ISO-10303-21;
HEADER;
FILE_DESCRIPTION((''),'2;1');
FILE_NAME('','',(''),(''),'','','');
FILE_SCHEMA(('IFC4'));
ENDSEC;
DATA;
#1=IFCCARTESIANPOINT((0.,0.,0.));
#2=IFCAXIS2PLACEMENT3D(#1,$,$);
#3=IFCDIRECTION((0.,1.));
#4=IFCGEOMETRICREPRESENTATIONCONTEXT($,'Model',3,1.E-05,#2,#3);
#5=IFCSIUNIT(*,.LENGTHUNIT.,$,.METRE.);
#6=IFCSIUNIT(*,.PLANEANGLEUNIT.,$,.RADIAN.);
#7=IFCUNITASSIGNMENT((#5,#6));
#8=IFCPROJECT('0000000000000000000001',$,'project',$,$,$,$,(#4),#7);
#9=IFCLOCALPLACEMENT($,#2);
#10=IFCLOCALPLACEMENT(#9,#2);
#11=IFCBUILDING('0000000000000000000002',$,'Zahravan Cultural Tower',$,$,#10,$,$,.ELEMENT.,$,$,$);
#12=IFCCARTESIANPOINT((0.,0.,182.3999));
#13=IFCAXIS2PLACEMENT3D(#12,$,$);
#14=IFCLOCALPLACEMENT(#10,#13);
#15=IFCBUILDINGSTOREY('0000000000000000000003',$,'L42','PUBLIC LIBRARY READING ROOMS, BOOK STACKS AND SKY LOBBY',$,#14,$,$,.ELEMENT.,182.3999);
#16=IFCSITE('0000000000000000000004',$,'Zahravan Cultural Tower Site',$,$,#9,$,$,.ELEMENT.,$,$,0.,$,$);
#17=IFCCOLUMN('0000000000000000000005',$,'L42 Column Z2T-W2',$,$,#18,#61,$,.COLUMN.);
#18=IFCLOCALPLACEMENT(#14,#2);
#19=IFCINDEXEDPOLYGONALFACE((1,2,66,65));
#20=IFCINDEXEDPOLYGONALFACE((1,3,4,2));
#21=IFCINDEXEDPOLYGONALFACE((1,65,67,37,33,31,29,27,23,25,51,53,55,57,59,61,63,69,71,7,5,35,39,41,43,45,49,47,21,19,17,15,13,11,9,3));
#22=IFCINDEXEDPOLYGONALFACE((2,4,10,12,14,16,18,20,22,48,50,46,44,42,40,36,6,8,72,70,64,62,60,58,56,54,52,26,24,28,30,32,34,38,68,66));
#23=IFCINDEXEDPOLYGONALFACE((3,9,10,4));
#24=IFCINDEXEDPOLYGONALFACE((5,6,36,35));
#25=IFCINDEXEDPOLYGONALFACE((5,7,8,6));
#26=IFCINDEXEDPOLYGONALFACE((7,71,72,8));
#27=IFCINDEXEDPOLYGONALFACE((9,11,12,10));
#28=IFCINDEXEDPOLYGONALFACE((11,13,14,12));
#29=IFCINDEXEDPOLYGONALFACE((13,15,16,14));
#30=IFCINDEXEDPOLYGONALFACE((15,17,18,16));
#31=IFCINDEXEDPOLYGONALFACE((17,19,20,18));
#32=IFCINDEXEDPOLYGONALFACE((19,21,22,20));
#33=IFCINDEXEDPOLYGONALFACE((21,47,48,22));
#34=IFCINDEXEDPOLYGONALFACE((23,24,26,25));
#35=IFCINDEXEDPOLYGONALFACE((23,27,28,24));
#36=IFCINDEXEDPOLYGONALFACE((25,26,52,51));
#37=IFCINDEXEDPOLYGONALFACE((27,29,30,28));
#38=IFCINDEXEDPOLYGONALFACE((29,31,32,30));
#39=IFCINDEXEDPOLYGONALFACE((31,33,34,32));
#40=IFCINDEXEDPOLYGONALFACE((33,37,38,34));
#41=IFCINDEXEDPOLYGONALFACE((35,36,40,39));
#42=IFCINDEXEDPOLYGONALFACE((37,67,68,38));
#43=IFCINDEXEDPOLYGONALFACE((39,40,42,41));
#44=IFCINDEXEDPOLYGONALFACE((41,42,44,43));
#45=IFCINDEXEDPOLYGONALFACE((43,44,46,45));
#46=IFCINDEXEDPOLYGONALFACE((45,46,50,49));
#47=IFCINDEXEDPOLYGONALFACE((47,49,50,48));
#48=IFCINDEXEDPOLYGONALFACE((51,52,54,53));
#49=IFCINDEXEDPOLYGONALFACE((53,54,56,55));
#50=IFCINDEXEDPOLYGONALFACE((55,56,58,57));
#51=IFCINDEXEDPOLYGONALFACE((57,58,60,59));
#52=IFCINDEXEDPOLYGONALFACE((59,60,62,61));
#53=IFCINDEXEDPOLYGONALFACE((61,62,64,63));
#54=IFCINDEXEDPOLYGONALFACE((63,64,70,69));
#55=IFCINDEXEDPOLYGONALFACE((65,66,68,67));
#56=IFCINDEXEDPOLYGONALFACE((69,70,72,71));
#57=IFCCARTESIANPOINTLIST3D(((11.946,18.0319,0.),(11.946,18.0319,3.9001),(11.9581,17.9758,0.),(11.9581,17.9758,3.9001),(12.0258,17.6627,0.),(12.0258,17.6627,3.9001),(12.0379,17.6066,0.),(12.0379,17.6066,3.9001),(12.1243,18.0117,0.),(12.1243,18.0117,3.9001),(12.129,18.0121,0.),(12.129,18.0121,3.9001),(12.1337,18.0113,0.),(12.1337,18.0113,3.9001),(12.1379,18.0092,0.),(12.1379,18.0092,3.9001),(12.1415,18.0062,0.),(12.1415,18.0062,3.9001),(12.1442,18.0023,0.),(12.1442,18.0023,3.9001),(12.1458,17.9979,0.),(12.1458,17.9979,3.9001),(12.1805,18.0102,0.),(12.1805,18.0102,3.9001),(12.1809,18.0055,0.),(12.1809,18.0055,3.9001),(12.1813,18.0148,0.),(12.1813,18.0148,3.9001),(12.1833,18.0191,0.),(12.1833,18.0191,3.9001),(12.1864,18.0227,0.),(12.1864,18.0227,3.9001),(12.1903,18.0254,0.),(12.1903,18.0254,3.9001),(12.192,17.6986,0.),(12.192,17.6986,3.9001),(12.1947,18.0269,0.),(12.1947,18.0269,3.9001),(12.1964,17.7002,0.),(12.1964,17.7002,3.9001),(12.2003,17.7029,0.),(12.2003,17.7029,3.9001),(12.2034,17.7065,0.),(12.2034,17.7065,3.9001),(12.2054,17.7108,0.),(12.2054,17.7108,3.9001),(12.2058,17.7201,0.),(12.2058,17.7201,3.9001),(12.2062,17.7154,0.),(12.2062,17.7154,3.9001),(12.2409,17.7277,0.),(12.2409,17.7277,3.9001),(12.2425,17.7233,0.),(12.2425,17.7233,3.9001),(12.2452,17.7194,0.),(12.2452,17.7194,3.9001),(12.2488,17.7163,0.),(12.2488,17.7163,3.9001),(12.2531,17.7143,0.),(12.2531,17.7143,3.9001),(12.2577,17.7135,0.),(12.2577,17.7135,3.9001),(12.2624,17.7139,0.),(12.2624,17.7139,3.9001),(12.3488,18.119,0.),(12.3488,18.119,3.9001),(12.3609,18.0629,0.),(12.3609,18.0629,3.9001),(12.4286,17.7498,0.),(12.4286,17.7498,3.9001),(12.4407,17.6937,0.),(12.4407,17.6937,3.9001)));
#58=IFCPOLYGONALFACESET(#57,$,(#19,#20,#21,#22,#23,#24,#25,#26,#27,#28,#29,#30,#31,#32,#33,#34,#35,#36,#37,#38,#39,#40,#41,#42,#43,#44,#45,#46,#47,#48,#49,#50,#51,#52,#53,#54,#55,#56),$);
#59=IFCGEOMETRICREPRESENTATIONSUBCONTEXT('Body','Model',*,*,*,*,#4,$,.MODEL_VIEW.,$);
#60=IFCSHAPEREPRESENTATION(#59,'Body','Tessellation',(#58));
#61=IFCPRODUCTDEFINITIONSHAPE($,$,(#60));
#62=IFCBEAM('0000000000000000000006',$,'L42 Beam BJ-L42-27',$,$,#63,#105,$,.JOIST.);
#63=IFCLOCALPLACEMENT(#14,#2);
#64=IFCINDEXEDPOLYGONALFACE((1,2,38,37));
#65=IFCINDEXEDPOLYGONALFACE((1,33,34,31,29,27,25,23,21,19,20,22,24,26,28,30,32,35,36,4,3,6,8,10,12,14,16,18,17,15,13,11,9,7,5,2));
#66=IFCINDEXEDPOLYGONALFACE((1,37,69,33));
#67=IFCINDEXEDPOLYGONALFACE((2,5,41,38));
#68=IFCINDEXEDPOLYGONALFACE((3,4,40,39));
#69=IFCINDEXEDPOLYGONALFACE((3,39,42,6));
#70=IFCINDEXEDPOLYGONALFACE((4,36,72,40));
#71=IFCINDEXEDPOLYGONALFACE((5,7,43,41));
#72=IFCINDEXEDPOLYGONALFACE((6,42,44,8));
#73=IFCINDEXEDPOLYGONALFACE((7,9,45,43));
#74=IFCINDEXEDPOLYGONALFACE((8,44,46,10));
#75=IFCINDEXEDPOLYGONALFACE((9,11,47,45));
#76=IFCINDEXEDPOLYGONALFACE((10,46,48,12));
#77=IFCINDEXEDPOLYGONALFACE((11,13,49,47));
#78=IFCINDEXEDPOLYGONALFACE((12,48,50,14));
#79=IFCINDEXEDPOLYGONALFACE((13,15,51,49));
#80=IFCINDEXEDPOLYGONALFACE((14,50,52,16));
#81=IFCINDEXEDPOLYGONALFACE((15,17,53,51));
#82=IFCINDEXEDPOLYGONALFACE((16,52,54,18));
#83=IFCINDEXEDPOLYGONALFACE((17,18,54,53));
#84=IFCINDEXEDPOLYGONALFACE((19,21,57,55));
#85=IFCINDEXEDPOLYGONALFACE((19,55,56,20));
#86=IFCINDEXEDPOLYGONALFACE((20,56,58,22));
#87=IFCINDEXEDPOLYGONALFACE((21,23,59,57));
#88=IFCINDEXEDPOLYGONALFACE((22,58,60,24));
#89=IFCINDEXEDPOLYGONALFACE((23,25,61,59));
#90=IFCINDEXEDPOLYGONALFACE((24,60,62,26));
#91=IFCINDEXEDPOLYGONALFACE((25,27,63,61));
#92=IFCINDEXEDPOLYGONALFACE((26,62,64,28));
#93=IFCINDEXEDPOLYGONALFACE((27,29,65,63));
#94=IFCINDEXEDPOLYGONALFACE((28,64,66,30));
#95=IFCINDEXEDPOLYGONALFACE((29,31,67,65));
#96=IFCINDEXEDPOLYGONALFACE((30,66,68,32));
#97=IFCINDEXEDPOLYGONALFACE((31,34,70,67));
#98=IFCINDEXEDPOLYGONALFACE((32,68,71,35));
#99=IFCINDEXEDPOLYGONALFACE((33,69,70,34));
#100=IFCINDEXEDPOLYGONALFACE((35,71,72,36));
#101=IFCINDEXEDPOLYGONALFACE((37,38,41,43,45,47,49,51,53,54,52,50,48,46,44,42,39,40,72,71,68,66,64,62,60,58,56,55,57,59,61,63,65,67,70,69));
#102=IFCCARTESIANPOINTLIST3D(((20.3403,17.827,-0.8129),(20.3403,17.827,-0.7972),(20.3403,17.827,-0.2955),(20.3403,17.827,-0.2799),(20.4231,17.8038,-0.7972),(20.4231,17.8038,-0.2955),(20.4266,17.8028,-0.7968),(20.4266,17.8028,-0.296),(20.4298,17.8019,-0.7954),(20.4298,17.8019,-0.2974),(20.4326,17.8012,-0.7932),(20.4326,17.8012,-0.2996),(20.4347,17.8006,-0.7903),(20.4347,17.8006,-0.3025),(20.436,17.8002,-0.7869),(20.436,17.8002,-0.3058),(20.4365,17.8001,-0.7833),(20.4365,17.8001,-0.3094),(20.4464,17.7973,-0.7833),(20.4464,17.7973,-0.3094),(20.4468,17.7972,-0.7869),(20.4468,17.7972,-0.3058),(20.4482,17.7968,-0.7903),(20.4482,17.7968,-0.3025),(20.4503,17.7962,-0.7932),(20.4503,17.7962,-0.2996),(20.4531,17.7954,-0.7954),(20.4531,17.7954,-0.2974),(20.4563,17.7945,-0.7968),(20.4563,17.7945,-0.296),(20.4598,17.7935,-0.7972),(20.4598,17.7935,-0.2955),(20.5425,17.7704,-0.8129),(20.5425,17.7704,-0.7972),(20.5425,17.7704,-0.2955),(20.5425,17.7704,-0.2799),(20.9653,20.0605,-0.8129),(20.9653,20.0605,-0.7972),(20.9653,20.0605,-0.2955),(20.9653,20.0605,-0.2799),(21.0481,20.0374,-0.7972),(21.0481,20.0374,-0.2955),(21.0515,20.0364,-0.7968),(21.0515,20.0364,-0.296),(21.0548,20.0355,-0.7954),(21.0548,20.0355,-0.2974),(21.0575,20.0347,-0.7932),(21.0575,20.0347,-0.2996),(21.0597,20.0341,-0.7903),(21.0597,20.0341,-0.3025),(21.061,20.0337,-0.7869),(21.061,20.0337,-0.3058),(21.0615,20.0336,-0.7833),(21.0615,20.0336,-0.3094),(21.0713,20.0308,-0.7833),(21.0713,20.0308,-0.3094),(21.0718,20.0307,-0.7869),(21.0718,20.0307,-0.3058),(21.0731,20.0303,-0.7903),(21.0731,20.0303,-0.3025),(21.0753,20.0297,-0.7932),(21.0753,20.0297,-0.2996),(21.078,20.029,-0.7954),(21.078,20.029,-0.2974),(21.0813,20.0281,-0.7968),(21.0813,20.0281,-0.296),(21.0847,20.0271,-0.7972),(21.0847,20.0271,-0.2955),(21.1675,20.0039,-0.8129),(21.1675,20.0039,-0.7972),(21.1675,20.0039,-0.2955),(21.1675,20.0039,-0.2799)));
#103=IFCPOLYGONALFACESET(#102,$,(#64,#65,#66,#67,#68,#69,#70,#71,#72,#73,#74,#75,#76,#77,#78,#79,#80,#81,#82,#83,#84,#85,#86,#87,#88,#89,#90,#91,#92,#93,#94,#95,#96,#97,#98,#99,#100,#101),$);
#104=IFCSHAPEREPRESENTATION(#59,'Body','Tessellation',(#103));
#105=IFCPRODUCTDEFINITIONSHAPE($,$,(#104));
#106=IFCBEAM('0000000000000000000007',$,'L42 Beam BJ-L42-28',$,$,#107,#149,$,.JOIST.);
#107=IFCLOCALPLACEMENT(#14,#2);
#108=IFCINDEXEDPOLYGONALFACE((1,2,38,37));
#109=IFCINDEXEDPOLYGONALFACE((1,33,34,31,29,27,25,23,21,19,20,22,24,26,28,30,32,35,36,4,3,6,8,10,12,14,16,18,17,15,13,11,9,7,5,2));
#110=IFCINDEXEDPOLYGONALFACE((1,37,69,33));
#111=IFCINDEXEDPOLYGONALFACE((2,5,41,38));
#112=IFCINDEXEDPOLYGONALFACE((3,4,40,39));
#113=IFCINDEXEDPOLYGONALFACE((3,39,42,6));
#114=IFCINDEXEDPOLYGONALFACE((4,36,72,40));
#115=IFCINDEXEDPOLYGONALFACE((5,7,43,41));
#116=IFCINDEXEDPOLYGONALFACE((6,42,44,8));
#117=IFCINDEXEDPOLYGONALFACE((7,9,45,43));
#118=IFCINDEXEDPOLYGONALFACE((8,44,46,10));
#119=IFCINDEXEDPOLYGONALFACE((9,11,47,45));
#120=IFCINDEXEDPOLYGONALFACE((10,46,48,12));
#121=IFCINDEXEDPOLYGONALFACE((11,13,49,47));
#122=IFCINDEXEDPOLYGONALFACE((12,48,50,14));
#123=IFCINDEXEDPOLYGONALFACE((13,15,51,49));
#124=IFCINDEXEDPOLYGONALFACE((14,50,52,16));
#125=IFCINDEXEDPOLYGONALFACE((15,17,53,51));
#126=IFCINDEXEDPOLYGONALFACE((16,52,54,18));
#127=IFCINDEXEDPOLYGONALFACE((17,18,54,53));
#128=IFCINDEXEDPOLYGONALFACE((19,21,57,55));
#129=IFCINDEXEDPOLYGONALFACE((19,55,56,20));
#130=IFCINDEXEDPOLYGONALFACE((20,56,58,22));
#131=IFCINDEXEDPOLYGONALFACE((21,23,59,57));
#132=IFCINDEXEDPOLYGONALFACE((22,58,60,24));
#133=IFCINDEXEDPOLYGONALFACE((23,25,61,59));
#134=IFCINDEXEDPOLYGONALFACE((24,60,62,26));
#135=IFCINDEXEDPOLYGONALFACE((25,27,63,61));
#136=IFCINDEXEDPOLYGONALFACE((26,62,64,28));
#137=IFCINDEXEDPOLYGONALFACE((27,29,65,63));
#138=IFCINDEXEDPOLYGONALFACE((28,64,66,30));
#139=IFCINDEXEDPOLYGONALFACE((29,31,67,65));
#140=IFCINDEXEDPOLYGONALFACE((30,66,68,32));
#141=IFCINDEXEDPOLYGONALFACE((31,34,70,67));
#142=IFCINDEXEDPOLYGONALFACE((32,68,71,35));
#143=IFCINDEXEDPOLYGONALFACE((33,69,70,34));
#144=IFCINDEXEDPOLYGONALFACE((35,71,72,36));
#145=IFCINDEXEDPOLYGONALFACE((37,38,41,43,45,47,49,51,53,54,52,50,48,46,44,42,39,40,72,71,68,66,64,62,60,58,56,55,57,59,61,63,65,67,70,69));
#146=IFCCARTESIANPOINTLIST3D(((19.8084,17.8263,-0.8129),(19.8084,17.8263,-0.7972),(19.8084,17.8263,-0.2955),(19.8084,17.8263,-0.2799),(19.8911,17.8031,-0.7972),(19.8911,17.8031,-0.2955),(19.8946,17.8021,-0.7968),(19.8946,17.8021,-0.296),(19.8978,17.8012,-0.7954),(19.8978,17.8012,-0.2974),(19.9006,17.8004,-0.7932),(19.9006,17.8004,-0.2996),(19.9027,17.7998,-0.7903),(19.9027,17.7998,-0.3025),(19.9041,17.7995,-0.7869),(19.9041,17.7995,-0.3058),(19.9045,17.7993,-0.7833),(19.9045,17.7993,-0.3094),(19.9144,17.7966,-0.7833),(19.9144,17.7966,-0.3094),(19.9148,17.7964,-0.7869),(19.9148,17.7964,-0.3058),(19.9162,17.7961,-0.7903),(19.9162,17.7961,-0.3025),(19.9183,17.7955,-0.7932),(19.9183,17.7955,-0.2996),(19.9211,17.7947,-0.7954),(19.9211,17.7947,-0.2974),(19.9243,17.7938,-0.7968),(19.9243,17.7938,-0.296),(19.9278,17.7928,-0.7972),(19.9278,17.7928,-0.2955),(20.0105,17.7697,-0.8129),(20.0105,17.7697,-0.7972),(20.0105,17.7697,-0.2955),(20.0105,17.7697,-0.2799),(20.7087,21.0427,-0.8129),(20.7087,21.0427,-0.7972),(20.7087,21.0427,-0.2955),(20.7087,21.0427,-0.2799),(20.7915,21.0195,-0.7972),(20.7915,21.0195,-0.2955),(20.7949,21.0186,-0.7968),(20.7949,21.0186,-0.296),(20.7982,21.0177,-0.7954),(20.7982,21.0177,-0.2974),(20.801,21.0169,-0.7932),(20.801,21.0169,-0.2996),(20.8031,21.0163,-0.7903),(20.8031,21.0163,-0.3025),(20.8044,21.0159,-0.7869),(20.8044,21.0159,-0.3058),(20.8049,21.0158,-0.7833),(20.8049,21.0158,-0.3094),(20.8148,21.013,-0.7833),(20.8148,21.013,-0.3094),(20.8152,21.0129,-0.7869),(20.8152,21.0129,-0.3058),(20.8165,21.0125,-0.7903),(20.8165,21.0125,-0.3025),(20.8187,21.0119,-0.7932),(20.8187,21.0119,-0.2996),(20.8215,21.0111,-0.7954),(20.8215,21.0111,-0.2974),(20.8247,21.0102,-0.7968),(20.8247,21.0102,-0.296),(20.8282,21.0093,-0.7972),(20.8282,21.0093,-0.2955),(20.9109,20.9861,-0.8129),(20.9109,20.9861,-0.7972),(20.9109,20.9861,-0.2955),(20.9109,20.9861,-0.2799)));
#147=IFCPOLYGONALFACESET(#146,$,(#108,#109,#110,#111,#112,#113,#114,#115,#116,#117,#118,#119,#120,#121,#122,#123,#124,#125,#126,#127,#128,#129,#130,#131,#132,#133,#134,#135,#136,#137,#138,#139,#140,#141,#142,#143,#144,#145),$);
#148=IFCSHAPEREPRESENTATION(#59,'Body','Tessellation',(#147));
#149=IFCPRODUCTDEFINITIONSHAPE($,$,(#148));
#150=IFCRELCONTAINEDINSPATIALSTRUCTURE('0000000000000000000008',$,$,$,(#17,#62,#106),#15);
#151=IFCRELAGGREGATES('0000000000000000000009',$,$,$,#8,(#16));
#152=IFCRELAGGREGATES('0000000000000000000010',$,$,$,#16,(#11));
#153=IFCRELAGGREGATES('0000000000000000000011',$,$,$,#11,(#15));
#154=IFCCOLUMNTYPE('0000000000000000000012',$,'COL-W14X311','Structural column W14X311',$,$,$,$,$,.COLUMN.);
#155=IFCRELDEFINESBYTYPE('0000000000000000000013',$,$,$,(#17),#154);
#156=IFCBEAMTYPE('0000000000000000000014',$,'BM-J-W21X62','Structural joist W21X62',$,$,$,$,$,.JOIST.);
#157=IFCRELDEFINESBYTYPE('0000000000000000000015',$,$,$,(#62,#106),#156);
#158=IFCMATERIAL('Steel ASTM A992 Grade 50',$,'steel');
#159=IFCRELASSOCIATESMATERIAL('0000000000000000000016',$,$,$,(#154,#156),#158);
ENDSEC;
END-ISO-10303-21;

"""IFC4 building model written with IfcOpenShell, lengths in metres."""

from ifc_helpers import new_model, si_unit, direction, frame, origin, origin_2d, place, context, subcontext, project, spatial, i_section, extrude, source, transform, mapped, material, material_profile, profile_set, type_object, element, save


model = new_model("IFC4")

# Units and contexts
model_context = context("Model", 3, precision=1e-05, world=origin(), true_north=direction((0.0, 1.0)))
body_context = subcontext(model_context, "Body", "Model", "MODEL_VIEW")
ifc_project = project(units=[si_unit("LENGTHUNIT", "METRE"), si_unit("PLANEANGLEUNIT", "RADIAN")], contexts=[model_context])

# Site, building, storey
site_placement = place(None, origin())
site = spatial("IfcSite", under=ifc_project, at=site_placement, Name="Zahravan Cultural Tower Site", CompositionType="ELEMENT", RefElevation=0.0)
building_placement = place(site_placement, origin())
building = spatial("IfcBuilding", under=site, at=building_placement, Name="Zahravan Cultural Tower", CompositionType="ELEMENT")
storey_placement = place(building_placement, frame((0.0, 0.0, 182.3999)))
storey = spatial("IfcBuildingStorey", under=building, at=storey_placement, Name="L42", Description="PUBLIC LIBRARY READING ROOMS, BOOK STACKS AND SKY LOBBY", CompositionType="ELEMENT", Elevation=182.3999)

# Column
ifc_material_1 = material(Name="Steel ASTM A992 Grade 50", Category="steel")
ifc_material_profile_1 = material_profile(ifc_material_1, i_section(OverallWidth=0.4121, OverallDepth=0.4351, WebThickness=0.0359, FlangeThickness=0.0574, FilletRadius=0.0181, at=origin_2d()), Name="W14X311")
ifc_profile_set_1 = profile_set([ifc_material_profile_1], Name="Steel ASTM A992 Grade 50")
column_type = type_object("IfcColumnType", Name="COL-W14X311", Description="Structural column W14X311", PredefinedType="COLUMN", material=ifc_profile_set_1)
shared_shape_1 = source(origin(), body_context, "Body", "SweptSolid", [
    extrude(i_section(OverallWidth=0.4121, OverallDepth=0.4351, WebThickness=0.0359, FlangeThickness=0.0574, FilletRadius=0.0181, at=origin_2d()), origin(), (0.0, 0.0, 1.0), 3.9001),
])
column_placement = place(storey_placement, frame((12.1934, 17.8628, 0.0), z_axis=(0.0, 0.0, 1.0), x_axis=(0.977416, 0.211325, 0.0)))
element("IfcColumn", 1, at=column_placement, inside=storey, type_object=column_type, Name="L42 Column Z2T-W2", PredefinedType="COLUMN", context=body_context, shape_type="MappedRepresentation", body=[
    mapped(shared_shape_1, transform((0.0, 0.0, 0.0), x_axis=(1.0, 0.0, 0.0), y_axis=(0.0, 1.0, 0.0), z_axis=(0.0, 0.0, 1.0), scale=1.0)),
])

# Beams
ifc_material_profile_2 = material_profile(ifc_material_1, i_section(OverallWidth=0.21, OverallDepth=0.533, WebThickness=0.0103, FlangeThickness=0.0156, FilletRadius=0.0139, at=origin_2d()), Name="W21X62")
ifc_profile_set_2 = profile_set([ifc_material_profile_2], Name="Steel ASTM A992 Grade 50")
beam_type = type_object("IfcBeamType", Name="BM-J-W21X62", Description="Structural joist W21X62", PredefinedType="JOIST", material=ifc_profile_set_2)
shared_shape_2 = source(origin(), body_context, "Body", "SweptSolid", [
    extrude(i_section(OverallWidth=0.21, OverallDepth=0.533, WebThickness=0.0103, FlangeThickness=0.0156, FilletRadius=0.0139, at=origin_2d()), origin(), (0.0, 0.0, 1.0), 2.3193),
])
beam_1_placement = place(storey_placement, frame((21.0664, 20.0322, -0.5464), z_axis=(-0.269462, -0.963011, 0.0), x_axis=(0.963011, -0.269462, 0.0)))
element("IfcBeam", 2, at=beam_1_placement, inside=storey, type_object=beam_type, Name="L42 Beam BJ-L42-27", PredefinedType="JOIST", context=body_context, shape_type="MappedRepresentation", body=[
    mapped(shared_shape_2, transform((0.0, 0.0, 0.0), x_axis=(1.0, 0.0, 0.0), y_axis=(0.0, 1.0, 0.0), z_axis=(0.0, 0.0, 1.0), scale=1.0)),
])
shared_shape_3 = source(origin(), body_context, "Body", "SweptSolid", [
    extrude(i_section(OverallWidth=0.21, OverallDepth=0.533, WebThickness=0.0103, FlangeThickness=0.0156, FilletRadius=0.0139, at=origin_2d()), origin(), (0.0, 0.0, 1.0), 3.3401),
])
beam_2_placement = place(storey_placement, frame((20.8098, 21.0144, -0.5464), z_axis=(-0.269562, -0.962983, 0.0), x_axis=(0.962983, -0.269562, 0.0)))
element("IfcBeam", 3, at=beam_2_placement, inside=storey, type_object=beam_type, Name="L42 Beam BJ-L42-28", PredefinedType="JOIST", context=body_context, shape_type="MappedRepresentation", body=[
    mapped(shared_shape_3, transform((0.0, 0.0, 0.0), x_axis=(1.0, 0.0, 0.0), y_axis=(0.0, 1.0, 0.0), z_axis=(0.0, 0.0, 1.0), scale=1.0)),
])

save(model, "model.ifc")
